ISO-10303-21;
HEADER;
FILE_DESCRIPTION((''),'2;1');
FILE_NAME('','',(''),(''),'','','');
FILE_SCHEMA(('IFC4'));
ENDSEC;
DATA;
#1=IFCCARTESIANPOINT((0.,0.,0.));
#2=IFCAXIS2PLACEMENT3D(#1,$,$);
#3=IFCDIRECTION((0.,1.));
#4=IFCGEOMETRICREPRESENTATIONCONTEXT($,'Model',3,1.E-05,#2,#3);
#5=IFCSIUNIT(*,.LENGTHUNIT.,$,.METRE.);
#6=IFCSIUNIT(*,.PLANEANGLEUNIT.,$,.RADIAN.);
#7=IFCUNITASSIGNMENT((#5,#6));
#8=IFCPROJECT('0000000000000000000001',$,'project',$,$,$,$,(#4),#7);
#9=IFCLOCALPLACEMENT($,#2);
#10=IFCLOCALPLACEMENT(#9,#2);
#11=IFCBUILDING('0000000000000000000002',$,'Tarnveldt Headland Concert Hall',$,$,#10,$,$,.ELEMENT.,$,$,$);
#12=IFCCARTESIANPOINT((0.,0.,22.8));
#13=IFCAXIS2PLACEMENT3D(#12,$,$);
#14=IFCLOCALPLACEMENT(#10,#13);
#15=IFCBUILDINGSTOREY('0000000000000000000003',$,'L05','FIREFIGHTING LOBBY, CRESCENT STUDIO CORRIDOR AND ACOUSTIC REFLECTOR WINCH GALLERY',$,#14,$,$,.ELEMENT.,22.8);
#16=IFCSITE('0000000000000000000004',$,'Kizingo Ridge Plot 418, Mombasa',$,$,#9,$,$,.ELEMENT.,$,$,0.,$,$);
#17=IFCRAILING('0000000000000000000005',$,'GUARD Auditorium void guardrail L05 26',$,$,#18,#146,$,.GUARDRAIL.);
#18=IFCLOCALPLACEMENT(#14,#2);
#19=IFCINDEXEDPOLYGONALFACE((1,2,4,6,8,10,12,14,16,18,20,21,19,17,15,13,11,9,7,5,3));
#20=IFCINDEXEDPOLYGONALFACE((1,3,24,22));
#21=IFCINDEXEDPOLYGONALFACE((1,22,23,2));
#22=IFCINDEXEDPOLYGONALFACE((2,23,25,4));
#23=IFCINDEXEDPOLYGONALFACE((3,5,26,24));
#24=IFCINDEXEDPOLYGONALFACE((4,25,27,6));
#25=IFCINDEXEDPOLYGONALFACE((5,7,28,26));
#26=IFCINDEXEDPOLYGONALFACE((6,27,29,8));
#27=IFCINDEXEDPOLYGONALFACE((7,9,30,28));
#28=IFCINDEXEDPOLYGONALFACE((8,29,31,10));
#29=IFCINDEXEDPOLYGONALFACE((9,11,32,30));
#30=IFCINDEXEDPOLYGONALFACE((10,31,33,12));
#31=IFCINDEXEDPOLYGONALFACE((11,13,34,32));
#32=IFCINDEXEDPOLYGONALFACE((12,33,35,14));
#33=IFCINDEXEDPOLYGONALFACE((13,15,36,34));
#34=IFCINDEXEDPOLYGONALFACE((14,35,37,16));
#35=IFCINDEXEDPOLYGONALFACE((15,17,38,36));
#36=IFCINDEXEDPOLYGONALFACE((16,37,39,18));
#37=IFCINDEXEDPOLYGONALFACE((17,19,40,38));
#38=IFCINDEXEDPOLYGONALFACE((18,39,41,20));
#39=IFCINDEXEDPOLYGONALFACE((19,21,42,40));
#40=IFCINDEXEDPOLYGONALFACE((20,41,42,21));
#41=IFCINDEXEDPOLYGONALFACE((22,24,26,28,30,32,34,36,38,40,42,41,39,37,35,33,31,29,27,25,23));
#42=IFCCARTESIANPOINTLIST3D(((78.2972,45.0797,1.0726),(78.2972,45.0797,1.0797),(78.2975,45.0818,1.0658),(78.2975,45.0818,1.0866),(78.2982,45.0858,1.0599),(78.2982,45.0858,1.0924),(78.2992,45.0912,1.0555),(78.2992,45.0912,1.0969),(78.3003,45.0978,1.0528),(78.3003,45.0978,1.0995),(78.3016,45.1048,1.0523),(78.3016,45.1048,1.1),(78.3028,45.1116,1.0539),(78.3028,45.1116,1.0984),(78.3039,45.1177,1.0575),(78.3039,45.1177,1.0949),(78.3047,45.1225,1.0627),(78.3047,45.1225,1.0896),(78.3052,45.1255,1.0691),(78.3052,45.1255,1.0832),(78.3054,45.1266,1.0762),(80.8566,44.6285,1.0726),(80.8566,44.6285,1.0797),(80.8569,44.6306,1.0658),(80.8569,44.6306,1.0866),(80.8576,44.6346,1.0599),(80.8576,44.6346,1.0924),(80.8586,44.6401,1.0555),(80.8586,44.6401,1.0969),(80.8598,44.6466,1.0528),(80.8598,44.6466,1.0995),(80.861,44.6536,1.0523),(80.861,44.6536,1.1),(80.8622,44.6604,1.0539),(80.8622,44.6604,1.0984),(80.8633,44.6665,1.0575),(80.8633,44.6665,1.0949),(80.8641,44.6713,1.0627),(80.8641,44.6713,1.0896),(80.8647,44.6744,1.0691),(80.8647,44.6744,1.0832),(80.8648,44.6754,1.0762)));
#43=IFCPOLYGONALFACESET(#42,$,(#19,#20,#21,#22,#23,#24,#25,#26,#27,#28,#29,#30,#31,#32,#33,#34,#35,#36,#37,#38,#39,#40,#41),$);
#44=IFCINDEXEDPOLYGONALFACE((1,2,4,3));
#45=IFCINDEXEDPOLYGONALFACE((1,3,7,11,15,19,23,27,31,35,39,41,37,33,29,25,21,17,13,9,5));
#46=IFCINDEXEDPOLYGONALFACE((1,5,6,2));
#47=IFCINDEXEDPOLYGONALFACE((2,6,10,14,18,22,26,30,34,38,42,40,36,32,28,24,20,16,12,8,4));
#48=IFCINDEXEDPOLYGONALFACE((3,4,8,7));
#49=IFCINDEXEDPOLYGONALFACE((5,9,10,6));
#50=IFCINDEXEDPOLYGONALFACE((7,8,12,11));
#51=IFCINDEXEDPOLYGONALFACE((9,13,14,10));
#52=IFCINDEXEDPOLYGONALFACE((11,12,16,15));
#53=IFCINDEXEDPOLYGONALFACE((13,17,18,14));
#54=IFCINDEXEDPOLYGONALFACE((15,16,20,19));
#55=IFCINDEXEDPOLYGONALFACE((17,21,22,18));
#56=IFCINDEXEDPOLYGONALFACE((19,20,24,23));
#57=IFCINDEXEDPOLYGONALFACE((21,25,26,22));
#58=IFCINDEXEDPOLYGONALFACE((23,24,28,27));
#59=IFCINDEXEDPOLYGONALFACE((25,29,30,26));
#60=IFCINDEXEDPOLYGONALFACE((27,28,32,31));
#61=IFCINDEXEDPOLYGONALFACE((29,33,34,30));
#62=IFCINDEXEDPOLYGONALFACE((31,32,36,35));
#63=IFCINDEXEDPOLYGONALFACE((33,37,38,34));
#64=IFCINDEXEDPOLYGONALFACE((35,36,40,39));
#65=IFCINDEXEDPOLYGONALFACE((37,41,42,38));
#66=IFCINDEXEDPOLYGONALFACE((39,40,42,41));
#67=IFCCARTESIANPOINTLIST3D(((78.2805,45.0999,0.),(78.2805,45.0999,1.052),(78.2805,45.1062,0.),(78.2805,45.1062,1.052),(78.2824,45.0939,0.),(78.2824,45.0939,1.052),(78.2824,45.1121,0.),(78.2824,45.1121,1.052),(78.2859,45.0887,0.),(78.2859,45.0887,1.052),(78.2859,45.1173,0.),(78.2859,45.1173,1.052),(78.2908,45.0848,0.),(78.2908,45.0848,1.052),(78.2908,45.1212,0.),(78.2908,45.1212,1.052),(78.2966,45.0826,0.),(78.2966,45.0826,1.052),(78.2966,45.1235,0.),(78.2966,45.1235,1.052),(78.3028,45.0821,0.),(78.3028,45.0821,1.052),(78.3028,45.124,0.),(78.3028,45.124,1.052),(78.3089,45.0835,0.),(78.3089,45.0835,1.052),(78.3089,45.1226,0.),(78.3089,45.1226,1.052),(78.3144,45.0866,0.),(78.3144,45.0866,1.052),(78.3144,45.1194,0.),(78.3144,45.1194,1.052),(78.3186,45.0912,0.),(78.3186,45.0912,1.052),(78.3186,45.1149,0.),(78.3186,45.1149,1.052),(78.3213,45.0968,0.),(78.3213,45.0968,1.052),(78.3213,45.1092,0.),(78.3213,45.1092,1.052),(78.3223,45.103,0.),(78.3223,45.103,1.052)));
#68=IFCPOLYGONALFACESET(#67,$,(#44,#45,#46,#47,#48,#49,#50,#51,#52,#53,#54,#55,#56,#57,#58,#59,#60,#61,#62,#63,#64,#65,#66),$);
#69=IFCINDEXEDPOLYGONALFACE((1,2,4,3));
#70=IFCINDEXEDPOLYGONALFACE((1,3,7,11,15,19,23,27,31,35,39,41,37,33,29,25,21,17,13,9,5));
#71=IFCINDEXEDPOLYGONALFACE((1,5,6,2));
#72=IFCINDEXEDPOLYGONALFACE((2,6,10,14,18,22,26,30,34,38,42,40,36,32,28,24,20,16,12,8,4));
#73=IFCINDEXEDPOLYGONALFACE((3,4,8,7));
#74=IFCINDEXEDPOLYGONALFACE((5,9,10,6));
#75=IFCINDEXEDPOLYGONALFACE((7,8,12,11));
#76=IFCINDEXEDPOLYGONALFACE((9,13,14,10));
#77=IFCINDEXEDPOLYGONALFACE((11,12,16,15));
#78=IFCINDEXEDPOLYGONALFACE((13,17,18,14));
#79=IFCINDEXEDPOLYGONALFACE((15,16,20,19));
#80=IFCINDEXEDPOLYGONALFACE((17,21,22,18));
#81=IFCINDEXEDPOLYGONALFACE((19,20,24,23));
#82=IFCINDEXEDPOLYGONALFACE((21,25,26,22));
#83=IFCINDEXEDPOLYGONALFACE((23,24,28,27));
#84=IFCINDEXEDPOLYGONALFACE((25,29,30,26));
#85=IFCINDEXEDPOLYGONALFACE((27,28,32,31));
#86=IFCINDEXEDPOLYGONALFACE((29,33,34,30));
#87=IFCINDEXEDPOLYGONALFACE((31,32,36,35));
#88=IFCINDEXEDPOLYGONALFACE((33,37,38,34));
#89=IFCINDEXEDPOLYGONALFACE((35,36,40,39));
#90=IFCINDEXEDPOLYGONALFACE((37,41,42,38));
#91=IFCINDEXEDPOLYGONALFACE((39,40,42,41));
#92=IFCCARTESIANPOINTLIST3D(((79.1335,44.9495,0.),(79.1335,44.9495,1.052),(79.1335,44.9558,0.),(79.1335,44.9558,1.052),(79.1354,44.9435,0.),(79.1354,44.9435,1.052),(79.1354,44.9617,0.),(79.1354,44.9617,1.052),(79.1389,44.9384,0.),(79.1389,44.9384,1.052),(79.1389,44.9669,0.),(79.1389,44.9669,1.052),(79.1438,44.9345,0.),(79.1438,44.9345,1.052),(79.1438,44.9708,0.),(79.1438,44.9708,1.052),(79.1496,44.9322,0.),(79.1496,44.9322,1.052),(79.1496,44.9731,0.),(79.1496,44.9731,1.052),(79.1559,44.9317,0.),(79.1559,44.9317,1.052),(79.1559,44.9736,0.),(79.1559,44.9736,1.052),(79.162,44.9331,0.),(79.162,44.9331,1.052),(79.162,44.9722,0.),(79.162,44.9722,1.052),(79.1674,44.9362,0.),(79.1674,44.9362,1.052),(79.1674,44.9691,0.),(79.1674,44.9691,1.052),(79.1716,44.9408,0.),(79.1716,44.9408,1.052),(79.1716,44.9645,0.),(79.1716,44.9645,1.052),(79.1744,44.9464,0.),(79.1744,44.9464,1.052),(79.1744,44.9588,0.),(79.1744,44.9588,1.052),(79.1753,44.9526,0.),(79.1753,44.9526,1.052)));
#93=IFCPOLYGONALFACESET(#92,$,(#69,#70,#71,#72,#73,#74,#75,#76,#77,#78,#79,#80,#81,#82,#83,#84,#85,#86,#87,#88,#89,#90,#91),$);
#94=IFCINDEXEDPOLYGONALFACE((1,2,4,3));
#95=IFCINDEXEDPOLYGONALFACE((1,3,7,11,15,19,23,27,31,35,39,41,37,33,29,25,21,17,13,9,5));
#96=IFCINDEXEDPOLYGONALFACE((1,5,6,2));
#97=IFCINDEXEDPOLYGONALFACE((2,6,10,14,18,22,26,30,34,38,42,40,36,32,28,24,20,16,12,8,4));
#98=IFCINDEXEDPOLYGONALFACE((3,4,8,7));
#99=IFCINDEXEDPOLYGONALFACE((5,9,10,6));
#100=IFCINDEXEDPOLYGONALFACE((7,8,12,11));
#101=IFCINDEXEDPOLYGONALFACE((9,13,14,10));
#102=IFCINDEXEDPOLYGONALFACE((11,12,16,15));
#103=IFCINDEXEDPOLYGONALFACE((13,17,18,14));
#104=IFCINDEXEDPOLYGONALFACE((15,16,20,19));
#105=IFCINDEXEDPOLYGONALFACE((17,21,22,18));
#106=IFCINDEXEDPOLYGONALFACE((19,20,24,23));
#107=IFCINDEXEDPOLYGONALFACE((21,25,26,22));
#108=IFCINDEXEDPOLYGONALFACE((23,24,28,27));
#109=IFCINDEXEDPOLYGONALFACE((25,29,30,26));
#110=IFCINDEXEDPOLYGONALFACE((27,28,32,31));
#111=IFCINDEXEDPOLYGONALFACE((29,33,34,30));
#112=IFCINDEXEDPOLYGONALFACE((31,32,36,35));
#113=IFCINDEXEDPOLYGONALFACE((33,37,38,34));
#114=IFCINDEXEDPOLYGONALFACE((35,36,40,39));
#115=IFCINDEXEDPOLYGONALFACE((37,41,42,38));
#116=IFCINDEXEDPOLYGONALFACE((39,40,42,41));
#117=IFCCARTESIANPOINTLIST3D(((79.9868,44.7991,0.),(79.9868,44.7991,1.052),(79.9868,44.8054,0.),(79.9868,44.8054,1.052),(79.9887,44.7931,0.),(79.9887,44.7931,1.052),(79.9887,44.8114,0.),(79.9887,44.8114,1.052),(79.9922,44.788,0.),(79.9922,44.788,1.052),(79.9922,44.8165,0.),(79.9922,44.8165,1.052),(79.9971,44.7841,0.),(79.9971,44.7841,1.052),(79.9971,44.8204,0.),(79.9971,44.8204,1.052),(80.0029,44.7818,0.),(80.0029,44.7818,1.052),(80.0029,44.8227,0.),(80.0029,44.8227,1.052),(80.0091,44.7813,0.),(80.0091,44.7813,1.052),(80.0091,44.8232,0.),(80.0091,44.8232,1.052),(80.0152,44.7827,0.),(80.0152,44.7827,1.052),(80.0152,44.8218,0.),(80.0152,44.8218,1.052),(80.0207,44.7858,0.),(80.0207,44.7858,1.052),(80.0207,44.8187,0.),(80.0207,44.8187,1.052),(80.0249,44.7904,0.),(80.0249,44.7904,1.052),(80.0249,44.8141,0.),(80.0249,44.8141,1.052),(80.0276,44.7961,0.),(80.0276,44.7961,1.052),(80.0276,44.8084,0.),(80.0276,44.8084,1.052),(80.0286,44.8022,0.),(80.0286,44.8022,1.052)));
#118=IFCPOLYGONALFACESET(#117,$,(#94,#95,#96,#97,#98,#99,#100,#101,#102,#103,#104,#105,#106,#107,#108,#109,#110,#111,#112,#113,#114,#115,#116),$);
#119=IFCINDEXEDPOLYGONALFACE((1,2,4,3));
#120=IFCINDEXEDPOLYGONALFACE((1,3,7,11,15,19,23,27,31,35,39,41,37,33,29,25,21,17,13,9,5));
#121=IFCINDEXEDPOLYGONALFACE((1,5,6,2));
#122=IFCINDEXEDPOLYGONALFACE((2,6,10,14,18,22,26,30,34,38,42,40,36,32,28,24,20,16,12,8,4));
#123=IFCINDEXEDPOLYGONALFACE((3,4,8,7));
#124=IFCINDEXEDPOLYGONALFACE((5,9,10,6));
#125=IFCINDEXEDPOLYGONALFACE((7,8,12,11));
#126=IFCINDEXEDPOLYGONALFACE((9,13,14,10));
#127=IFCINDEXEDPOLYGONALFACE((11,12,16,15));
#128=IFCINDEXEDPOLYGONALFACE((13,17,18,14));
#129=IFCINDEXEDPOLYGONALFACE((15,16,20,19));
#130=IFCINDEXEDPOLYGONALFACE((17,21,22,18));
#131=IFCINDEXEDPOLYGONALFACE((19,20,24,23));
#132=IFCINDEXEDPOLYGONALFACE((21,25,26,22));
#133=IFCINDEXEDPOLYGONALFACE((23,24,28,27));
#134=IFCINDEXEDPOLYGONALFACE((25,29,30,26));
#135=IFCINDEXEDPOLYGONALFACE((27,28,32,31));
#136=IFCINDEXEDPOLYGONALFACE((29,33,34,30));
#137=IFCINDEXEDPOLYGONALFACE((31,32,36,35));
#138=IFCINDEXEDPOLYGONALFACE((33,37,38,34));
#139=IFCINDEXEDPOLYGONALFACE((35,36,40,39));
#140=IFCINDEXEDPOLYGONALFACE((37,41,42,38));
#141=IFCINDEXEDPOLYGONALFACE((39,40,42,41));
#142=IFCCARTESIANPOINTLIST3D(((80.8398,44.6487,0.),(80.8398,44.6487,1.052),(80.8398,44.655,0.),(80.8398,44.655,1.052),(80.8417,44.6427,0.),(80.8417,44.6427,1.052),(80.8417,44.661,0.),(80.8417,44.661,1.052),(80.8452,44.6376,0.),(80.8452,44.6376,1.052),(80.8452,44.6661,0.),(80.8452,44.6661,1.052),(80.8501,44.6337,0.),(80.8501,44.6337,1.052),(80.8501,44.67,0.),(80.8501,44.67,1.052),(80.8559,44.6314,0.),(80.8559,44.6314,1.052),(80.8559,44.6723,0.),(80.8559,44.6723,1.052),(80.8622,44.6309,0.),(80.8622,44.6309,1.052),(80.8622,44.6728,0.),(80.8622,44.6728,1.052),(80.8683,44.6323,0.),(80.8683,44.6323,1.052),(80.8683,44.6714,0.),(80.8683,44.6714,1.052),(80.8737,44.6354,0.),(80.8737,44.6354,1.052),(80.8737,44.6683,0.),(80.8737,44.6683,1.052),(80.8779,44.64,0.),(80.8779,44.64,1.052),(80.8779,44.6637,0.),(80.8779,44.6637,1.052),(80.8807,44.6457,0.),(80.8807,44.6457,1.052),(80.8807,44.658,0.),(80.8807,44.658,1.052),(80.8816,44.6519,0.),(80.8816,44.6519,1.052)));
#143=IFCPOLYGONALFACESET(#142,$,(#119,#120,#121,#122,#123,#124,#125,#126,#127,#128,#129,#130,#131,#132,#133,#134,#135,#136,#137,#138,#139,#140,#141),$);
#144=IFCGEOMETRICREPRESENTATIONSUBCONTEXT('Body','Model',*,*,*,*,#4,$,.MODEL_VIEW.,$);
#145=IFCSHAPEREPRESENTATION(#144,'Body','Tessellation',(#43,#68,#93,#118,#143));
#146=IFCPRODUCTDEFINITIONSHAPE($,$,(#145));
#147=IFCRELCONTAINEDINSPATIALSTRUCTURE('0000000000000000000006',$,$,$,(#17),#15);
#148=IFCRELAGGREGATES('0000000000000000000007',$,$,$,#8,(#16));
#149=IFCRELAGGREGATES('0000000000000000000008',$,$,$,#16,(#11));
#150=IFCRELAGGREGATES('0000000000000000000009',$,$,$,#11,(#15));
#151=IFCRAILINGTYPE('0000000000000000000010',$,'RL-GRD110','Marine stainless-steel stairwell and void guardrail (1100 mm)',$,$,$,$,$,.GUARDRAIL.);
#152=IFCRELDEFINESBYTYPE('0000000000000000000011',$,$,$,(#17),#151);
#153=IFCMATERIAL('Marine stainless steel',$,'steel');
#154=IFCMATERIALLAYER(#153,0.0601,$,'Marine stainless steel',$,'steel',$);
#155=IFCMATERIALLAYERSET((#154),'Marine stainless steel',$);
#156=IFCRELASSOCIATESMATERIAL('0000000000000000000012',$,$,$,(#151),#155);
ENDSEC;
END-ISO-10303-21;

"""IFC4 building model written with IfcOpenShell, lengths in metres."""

from ifc_helpers import new_model, si_unit, direction, frame, origin, origin_2d, place, context, subcontext, project, spatial, circle, extrude, material, layer, layer_set, type_object, element, save


model = new_model("IFC4")

# Units and contexts
model_context = context("Model", 3, precision=1e-05, world=origin(), true_north=direction((0.0, 1.0)))
body_context = subcontext(model_context, "Body", "Model", "MODEL_VIEW")
ifc_project = project(units=[si_unit("LENGTHUNIT", "METRE"), si_unit("PLANEANGLEUNIT", "RADIAN")], contexts=[model_context])

# Site, building, storey
site_placement = place(None, origin())
site = spatial("IfcSite", under=ifc_project, at=site_placement, Name="Kizingo Ridge Plot 418, Mombasa", CompositionType="ELEMENT", RefElevation=0.0)
building_placement = place(site_placement, origin())
building = spatial("IfcBuilding", under=site, at=building_placement, Name="Tarnveldt Headland Concert Hall", CompositionType="ELEMENT")
storey_placement = place(building_placement, frame((0.0, 0.0, 22.8)))
storey = spatial("IfcBuildingStorey", under=building, at=storey_placement, Name="L05", Description="FIREFIGHTING LOBBY, CRESCENT STUDIO CORRIDOR AND ACOUSTIC REFLECTOR WINCH GALLERY", CompositionType="ELEMENT", Elevation=22.8)

# Railing
ifc_material_1 = material(Name="Marine stainless steel", Category="steel")
ifc_layer_1 = layer(ifc_material_1, 0.0601, Name="Marine stainless steel", Category="steel")
ifc_layer_set_1 = layer_set([ifc_layer_1], Name="Marine stainless steel")
railing_type = type_object("IfcRailingType", Name="RL-GRD110", Description="Marine stainless-steel stairwell and void guardrail (1100 mm)", PredefinedType="GUARDRAIL", material=ifc_layer_set_1)
railing_1_placement = place(storey_placement, frame((78.3013, 45.103, 0.0)))
element("IfcRailing", 1, at=railing_1_placement, inside=storey, type_object=railing_type, Name="GUARD Auditorium void guardrail L05 26", PredefinedType="GUARDRAIL", context=body_context, shape_type="SweptSolid", body=[
    extrude(circle(Radius=0.0239, at=origin_2d()), frame((0.0, 0.0, 1.0762), z_axis=(0.984815, -0.173608, 0.0), x_axis=(0.173608, 0.984815, 0.0)), (0.0, 0.0, 1.0), 2.5989),
    extrude(circle(Radius=0.021, at=origin_2d()), origin(), (0.0, 0.0, 1.0), 1.052),
    extrude(circle(Radius=0.021, at=origin_2d()), frame((0.853, -0.1504, 0.0)), (0.0, 0.0, 1.0), 1.052),
    extrude(circle(Radius=0.021, at=origin_2d()), frame((1.7063, -0.3008, 0.0)), (0.0, 0.0, 1.0), 1.052),
    extrude(circle(Radius=0.021, at=origin_2d()), frame((2.5593, -0.4512, 0.0)), (0.0, 0.0, 1.0), 1.052),
])

save(model, "model.ifc")
